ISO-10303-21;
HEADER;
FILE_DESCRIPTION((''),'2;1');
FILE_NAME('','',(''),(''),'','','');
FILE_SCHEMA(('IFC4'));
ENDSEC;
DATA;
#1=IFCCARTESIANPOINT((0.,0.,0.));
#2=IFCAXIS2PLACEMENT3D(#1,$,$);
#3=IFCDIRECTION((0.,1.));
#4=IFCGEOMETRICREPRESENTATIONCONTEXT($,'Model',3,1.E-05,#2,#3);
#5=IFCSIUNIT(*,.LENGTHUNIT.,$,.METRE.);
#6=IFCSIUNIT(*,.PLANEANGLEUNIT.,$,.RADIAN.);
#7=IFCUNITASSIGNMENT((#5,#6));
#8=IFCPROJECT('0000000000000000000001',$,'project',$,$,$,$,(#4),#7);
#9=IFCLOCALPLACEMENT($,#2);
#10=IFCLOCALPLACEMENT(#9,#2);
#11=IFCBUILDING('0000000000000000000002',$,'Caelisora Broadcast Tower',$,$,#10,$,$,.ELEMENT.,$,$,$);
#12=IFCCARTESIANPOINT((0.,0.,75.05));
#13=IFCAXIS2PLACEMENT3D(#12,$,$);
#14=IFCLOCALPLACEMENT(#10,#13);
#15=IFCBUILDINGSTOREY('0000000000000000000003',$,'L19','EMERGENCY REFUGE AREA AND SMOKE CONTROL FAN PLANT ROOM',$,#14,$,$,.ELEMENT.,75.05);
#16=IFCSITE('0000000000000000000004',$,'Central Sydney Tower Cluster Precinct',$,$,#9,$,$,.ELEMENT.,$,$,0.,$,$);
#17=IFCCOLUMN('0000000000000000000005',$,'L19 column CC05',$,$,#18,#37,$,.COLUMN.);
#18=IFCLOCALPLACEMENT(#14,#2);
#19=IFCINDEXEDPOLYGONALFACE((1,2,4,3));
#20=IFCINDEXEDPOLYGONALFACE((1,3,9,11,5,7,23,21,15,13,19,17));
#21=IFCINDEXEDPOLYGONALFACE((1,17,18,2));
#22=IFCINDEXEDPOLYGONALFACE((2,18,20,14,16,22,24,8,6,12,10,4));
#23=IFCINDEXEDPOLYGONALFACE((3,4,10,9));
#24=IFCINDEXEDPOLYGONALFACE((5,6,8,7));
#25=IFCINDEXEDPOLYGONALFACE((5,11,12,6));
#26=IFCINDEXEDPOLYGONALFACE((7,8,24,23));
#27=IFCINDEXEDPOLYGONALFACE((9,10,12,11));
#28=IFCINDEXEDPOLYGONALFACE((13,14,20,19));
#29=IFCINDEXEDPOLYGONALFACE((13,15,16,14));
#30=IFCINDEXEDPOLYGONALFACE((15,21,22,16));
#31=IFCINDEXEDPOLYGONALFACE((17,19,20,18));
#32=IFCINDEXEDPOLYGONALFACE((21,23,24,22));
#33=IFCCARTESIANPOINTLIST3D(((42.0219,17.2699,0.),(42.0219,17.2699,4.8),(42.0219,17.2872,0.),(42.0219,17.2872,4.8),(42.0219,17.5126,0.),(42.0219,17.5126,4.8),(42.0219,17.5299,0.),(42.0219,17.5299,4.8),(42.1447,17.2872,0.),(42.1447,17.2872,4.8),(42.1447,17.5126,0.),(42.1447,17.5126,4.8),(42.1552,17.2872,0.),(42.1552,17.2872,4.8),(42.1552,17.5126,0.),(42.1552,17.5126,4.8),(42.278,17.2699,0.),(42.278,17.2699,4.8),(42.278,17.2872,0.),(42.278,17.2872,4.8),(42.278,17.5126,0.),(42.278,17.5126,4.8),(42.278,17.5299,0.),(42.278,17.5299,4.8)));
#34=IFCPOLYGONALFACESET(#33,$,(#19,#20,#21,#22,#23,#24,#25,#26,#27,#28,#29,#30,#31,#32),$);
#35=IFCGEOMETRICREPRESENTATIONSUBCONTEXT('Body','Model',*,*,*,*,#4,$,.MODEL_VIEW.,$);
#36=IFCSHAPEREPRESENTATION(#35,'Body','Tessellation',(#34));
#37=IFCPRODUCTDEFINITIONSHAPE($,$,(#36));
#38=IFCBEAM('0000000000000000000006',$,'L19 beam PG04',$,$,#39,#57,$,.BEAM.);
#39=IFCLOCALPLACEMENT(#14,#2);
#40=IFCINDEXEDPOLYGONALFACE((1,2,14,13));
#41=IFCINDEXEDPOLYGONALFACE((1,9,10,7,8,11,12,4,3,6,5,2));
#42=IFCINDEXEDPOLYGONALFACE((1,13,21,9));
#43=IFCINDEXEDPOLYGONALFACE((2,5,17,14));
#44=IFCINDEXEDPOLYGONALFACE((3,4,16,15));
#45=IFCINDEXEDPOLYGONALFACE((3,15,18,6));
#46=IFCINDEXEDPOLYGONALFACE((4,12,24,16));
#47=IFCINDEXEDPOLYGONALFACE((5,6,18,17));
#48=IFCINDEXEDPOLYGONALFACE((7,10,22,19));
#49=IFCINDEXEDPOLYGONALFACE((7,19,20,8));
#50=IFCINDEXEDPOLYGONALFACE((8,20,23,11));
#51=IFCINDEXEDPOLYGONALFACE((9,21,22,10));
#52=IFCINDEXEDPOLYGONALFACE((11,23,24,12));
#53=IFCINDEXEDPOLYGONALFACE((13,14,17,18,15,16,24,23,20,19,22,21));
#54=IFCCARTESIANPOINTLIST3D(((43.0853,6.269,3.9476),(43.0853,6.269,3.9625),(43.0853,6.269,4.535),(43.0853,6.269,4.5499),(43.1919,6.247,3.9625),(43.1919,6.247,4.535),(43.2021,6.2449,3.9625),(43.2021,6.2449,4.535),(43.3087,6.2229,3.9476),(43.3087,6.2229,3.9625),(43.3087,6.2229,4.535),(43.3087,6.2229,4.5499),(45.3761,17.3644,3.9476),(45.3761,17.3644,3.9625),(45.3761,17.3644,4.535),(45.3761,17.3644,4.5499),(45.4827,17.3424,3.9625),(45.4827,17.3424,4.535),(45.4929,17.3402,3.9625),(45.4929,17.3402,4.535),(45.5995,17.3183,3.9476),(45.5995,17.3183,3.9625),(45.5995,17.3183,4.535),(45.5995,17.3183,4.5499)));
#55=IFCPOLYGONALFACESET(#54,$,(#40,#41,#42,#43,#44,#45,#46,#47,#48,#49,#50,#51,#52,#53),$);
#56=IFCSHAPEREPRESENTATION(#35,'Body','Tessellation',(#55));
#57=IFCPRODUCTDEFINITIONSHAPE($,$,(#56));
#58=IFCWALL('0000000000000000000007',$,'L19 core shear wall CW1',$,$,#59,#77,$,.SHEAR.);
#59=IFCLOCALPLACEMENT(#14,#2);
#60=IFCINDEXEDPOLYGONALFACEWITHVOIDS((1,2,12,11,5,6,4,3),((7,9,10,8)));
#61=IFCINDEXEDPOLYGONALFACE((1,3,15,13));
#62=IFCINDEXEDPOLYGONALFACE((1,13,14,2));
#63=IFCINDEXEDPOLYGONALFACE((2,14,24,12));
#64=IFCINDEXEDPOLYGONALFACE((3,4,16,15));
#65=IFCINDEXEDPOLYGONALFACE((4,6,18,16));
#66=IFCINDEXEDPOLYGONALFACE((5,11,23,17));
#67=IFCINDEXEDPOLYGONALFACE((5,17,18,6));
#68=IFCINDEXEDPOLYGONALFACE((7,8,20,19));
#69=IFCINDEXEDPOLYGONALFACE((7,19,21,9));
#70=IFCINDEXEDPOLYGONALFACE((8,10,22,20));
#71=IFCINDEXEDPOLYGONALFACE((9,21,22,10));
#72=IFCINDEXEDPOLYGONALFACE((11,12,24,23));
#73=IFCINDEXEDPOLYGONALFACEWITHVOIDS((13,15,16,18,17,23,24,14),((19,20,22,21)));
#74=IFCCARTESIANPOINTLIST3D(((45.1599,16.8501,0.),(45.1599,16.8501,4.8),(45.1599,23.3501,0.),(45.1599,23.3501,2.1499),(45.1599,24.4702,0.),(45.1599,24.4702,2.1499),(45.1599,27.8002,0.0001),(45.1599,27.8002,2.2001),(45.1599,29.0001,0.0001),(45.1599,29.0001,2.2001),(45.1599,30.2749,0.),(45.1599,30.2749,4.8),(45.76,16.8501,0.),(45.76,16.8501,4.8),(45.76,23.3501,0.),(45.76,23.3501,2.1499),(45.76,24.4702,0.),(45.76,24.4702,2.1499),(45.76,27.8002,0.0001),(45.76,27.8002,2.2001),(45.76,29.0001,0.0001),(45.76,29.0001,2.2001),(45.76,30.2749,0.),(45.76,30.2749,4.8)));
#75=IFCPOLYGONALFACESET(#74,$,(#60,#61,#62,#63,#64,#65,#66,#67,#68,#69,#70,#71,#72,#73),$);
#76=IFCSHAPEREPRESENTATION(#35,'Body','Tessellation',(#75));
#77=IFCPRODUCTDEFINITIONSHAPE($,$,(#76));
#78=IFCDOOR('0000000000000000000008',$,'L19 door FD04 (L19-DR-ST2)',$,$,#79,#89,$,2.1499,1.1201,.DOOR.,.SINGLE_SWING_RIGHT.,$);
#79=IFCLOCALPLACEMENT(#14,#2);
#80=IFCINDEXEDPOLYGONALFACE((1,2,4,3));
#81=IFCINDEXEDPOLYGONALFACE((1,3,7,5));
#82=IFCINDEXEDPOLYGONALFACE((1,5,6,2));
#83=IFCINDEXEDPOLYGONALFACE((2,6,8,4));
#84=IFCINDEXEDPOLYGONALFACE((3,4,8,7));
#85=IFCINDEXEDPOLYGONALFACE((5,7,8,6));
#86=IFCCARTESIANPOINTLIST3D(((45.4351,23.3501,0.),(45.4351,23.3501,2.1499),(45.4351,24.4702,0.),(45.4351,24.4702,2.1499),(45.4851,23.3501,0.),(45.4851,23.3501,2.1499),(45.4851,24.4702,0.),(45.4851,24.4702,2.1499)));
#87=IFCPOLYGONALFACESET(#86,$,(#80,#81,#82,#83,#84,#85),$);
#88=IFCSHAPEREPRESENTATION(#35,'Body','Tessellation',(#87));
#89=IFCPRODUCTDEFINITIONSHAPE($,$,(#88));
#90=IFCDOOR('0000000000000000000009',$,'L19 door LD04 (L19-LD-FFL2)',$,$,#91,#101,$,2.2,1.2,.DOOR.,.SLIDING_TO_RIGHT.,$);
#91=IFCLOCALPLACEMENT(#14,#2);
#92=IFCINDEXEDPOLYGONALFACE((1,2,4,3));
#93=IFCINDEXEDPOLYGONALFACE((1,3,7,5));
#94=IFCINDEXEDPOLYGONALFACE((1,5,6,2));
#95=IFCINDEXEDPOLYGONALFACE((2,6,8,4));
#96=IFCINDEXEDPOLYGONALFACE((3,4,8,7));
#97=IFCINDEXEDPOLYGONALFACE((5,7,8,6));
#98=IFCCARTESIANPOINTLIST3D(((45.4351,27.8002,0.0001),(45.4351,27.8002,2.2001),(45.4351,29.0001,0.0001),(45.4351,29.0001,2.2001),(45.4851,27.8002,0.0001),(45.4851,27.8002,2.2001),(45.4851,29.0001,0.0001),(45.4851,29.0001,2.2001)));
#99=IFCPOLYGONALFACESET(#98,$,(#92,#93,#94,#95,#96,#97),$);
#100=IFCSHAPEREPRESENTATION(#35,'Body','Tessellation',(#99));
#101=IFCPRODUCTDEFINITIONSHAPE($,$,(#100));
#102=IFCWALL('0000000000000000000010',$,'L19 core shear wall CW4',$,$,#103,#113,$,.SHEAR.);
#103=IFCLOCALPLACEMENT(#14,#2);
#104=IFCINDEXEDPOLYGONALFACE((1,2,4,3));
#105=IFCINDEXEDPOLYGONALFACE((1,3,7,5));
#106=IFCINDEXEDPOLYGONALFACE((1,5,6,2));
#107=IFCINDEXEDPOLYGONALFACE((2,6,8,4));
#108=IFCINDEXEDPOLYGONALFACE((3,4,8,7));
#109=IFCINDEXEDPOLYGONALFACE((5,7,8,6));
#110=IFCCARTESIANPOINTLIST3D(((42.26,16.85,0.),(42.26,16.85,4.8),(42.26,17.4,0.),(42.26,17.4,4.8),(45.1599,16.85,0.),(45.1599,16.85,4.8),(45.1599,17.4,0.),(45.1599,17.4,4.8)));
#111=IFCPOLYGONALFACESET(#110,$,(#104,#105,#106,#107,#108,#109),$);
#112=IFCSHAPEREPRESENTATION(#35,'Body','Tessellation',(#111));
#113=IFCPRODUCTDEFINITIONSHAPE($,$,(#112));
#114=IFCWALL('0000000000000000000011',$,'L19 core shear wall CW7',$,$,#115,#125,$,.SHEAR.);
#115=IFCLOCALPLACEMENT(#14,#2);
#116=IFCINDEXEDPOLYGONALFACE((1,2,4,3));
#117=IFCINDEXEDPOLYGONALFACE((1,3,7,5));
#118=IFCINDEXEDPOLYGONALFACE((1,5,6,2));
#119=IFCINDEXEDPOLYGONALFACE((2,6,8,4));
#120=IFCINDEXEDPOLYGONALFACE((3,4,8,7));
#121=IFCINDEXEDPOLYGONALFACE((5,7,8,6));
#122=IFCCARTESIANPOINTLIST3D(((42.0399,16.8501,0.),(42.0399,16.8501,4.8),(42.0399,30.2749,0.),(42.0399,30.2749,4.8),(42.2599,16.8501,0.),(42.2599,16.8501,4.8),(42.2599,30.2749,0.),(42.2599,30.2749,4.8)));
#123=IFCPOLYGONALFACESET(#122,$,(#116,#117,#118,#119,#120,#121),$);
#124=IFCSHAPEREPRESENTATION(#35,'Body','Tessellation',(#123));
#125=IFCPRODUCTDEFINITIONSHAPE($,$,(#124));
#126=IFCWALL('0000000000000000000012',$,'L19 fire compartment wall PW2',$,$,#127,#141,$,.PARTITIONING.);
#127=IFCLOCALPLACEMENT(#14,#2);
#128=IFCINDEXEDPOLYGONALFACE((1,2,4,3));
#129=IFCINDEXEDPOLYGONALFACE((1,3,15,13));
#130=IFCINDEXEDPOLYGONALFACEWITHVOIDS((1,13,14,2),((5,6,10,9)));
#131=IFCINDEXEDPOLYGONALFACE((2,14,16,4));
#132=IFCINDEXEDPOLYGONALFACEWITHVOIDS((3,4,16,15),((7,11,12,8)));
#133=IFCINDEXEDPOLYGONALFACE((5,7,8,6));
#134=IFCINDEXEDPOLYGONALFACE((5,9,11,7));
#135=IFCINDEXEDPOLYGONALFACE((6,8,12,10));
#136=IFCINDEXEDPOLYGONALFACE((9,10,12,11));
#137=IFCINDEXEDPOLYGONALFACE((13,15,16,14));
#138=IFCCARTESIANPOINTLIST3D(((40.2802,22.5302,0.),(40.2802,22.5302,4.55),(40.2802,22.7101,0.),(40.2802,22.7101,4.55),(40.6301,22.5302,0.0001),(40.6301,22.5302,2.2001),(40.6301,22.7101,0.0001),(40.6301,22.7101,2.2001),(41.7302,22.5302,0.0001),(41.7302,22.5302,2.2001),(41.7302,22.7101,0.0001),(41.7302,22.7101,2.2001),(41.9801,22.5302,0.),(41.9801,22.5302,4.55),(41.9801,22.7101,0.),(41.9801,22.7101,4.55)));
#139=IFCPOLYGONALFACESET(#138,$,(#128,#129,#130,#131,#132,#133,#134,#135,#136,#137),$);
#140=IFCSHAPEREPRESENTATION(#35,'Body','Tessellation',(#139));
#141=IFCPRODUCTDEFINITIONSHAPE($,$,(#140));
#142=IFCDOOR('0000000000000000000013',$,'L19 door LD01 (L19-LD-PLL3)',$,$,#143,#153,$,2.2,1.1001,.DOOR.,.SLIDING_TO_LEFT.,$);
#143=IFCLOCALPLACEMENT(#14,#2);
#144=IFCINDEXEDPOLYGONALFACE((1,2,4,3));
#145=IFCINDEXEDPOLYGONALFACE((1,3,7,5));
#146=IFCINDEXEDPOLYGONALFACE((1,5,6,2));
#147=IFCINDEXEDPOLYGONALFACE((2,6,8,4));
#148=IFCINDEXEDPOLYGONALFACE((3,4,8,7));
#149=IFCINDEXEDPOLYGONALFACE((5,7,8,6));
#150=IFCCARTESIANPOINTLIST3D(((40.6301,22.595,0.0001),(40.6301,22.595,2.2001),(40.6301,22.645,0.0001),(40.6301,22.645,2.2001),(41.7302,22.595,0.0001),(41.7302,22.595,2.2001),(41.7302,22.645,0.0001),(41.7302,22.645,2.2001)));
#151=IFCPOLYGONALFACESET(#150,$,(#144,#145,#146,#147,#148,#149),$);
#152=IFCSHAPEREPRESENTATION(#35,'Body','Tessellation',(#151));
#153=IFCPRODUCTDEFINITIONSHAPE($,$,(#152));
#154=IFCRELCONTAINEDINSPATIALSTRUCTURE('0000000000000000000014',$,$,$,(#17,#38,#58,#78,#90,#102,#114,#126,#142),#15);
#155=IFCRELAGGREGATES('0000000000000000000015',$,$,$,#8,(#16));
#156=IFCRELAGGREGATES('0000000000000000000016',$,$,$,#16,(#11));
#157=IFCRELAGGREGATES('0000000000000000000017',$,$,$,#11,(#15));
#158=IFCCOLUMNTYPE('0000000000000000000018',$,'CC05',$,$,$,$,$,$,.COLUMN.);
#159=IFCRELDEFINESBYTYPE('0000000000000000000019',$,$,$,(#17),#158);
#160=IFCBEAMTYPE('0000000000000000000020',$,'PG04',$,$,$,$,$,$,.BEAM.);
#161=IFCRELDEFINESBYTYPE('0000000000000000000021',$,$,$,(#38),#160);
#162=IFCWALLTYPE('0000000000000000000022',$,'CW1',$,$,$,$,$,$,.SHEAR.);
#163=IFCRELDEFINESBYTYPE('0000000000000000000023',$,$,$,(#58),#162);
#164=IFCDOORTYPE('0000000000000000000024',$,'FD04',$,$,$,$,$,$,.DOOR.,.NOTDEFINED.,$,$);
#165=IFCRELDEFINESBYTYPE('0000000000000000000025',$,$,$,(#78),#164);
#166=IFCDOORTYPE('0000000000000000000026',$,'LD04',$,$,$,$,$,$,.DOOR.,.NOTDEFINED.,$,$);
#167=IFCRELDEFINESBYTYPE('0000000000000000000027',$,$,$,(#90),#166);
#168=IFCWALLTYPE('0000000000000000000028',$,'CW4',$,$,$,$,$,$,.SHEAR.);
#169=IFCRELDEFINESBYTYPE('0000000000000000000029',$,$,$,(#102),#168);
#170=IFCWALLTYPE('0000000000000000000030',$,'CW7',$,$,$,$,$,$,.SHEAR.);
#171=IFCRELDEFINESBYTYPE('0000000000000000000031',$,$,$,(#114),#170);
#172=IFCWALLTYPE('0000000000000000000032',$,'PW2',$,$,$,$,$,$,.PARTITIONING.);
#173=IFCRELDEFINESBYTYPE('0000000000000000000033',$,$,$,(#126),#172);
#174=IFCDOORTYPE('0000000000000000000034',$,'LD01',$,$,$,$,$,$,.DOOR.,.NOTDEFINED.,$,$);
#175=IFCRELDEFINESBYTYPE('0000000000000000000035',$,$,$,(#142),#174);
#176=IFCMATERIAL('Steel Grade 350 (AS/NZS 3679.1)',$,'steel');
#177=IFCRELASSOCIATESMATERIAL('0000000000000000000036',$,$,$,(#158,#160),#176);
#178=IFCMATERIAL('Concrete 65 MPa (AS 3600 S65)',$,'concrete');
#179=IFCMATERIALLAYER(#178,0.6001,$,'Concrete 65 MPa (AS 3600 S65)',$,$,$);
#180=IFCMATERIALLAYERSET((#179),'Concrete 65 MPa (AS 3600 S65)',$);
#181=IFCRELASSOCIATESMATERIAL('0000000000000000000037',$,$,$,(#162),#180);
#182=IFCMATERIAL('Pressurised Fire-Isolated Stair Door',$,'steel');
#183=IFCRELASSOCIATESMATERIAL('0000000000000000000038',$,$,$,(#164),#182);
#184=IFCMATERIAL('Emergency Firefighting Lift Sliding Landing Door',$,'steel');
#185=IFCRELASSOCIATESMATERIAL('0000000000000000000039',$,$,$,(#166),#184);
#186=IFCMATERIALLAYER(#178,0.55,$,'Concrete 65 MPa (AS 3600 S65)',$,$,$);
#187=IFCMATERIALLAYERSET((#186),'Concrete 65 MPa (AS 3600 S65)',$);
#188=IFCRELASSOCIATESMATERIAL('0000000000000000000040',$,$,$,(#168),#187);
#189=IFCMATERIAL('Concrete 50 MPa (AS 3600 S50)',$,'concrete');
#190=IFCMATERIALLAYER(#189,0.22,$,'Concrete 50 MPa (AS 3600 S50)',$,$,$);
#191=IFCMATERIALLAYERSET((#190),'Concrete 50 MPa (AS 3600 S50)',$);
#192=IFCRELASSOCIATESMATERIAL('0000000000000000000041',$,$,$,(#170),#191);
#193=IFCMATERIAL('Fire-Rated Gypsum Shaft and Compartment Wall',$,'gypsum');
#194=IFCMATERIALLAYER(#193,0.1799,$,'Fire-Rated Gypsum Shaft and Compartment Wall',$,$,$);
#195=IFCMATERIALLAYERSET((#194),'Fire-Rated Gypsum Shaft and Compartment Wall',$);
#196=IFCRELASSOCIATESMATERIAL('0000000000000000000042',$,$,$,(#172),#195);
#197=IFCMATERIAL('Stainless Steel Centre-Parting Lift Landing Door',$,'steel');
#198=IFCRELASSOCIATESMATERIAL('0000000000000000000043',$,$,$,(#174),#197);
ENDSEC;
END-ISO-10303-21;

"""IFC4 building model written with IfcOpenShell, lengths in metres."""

from ifc_helpers import new_model, si_unit, direction, frame, frame_2d, origin, origin_2d, place, context, subcontext, project, spatial, rectangle, i_section, extrude, source, transform, mapped, material, layer, layer_set, material_profile, profile_set, type_object, type_shapes, element, fill, save


model = new_model("IFC4")

# Units and contexts
model_context = context("Model", 3, precision=1e-05, world=origin(), true_north=direction((0.0, 1.0)))
body_context = subcontext(model_context, "Body", "Model", "MODEL_VIEW")
ifc_project = project(units=[si_unit("LENGTHUNIT", "METRE"), si_unit("PLANEANGLEUNIT", "RADIAN")], contexts=[model_context])

# Site, building, storey
site_placement = place(None, origin())
site = spatial("IfcSite", under=ifc_project, at=site_placement, Name="Central Sydney Tower Cluster Precinct", CompositionType="ELEMENT", RefElevation=0.0)
building_placement = place(site_placement, origin())
building = spatial("IfcBuilding", under=site, at=building_placement, Name="Caelisora Broadcast Tower", CompositionType="ELEMENT")
storey_placement = place(building_placement, frame((0.0, 0.0, 75.05)))
storey = spatial("IfcBuildingStorey", under=building, at=storey_placement, Name="L19", Description="EMERGENCY REFUGE AREA AND SMOKE CONTROL FAN PLANT ROOM", CompositionType="ELEMENT", Elevation=75.05)

# Column
ifc_material_1 = material(Name="Steel Grade 350 (AS/NZS 3679.1)", Category="steel")
ifc_material_profile_1 = material_profile(ifc_material_1, i_section(OverallWidth=0.2561, OverallDepth=0.26, WebThickness=0.0105, FlangeThickness=0.0173, at=origin_2d()), Name="Steel Grade 350 (AS/NZS 3679.1)")
ifc_profile_set_1 = profile_set([ifc_material_profile_1], Name="Steel Grade 350 (AS/NZS 3679.1)")
column_type = type_object("IfcColumnType", Name="CC05", PredefinedType="COLUMN", material=ifc_profile_set_1)
shared_shape_1 = source(origin(), body_context, "Body", "SweptSolid", [
    extrude(i_section(OverallWidth=0.2561, OverallDepth=0.26, WebThickness=0.0105, FlangeThickness=0.0173, at=origin_2d()), origin(), (0.0, 0.0, 1.0), 4.8),
])
type_shapes(column_type, [shared_shape_1])
column_placement = place(storey_placement, frame((42.1499, 17.3999, 0.0), z_axis=(0.0, 0.0, 1.0), x_axis=(1.0, 0.0, 0.0)))
element("IfcColumn", 1, at=column_placement, inside=storey, type_object=column_type, Name="L19 column CC05", PredefinedType="COLUMN", context=body_context, shape_type="MappedRepresentation", body=[
    mapped(shared_shape_1, transform((0.0, 0.0, 0.0), scale=1.0)),
])

# Beam
ifc_material_profile_2 = material_profile(ifc_material_1, i_section(OverallWidth=0.228, OverallDepth=0.6023, WebThickness=0.0105, FlangeThickness=0.0149, at=origin_2d()), Name="Steel Grade 350 (AS/NZS 3679.1)")
ifc_profile_set_2 = profile_set([ifc_material_profile_2], Name="Steel Grade 350 (AS/NZS 3679.1)")
beam_type = type_object("IfcBeamType", Name="PG04", PredefinedType="BEAM", material=ifc_profile_set_2)
shared_shape_2 = source(origin(), body_context, "Body", "SweptSolid", [
    extrude(i_section(OverallWidth=0.228, OverallDepth=0.6023, WebThickness=0.0105, FlangeThickness=0.0149, at=origin_2d()), origin(), (0.0, 0.0, 1.0), 11.3293),
])
type_shapes(beam_type, [shared_shape_2])
beam_placement = place(storey_placement, frame((45.4878, 17.3413, 4.2488), z_axis=(-0.2022, -0.979344, 0.0), x_axis=(0.979344, -0.2022, 0.0)))
element("IfcBeam", 2, at=beam_placement, inside=storey, type_object=beam_type, Name="L19 beam PG04", PredefinedType="BEAM", context=body_context, shape_type="MappedRepresentation", body=[
    mapped(shared_shape_2, transform((0.0, 0.0, 0.0), scale=1.0)),
])

# Wall, openings, doors
ifc_material_2 = material(Name="Concrete 65 MPa (AS 3600 S65)", Category="concrete")
ifc_layer_1 = layer(ifc_material_2, 0.6001, Name="Concrete 65 MPa (AS 3600 S65)")
ifc_layer_set_1 = layer_set([ifc_layer_1], Name="Concrete 65 MPa (AS 3600 S65)")
wall_type_1 = type_object("IfcWallType", Name="CW1", PredefinedType="SHEAR", material=ifc_layer_set_1)
wall_1_placement = place(storey_placement, frame((45.46, 16.8501, 0.0), z_axis=(0.0, 0.0, 1.0), x_axis=(0.0, 1.0, 0.0)))
wall_1 = element("IfcWall", 3, at=wall_1_placement, inside=storey, type_object=wall_type_1, Name="L19 core shear wall CW1", PredefinedType="SHEAR", context=body_context, shape_type="SweptSolid", body=[
    extrude(rectangle(XDim=13.4248, YDim=0.6001, at=frame_2d((6.7124, 0.0))), origin(), (0.0, 0.0, 1.0), 4.8),
])
opening_1_placement = place(wall_1_placement, frame((6.5, 0.0, 0.0)))
opening_1 = element("IfcOpeningElement", 4, at=opening_1_placement, cuts=wall_1, PredefinedType="OPENING", context=body_context, shape_type="SweptSolid", body=[
    extrude(rectangle(XDim=1.1201, YDim=2.1499, at=frame_2d((0.5601, 1.075))), frame((0.0, 0.312, 0.0), z_axis=(0.0, -1.0, 0.0), x_axis=(1.0, 0.0, 0.0)), (0.0, 0.0, 1.0), 0.624),
])
opening_2_placement = place(wall_1_placement, frame((10.95, 0.0, 0.0)))
opening_2 = element("IfcOpeningElement", 5, at=opening_2_placement, cuts=wall_1, PredefinedType="OPENING", context=body_context, shape_type="SweptSolid", body=[
    extrude(rectangle(XDim=1.2, YDim=2.2, at=frame_2d((0.6001, 1.1001))), frame((0.0, 0.312, 0.0), z_axis=(0.0, -1.0, 0.0), x_axis=(1.0, 0.0, 0.0)), (0.0, 0.0, 1.0), 0.624),
])
ifc_material_3 = material(Name="Pressurised Fire-Isolated Stair Door", Category="steel")
door_type_1 = type_object("IfcDoorType", Name="FD04", OperationType="NOTDEFINED", PredefinedType="DOOR", material=ifc_material_3)
door_1_placement = place(opening_1_placement, origin())
door_1 = element("IfcDoor", 6, at=door_1_placement, inside=storey, type_object=door_type_1, Name="L19 door FD04 (L19-DR-ST2)", OperationType="SINGLE_SWING_RIGHT", OverallHeight=2.1499, OverallWidth=1.1201, PredefinedType="DOOR", context=body_context, shape_type="SweptSolid", body=[
    extrude(rectangle(XDim=1.1201, YDim=2.1499, at=frame_2d((0.5601, 1.075))), frame((0.0, 0.0249, 0.0), z_axis=(0.0, -1.0, 0.0), x_axis=(1.0, 0.0, 0.0)), (0.0, 0.0, 1.0), 0.05),
])
fill(opening_1, door_1)
ifc_material_4 = material(Name="Emergency Firefighting Lift Sliding Landing Door", Category="steel")
door_type_2 = type_object("IfcDoorType", Name="LD04", OperationType="NOTDEFINED", PredefinedType="DOOR", material=ifc_material_4)
door_2_placement = place(opening_2_placement, origin())
door_2 = element("IfcDoor", 7, at=door_2_placement, inside=storey, type_object=door_type_2, Name="L19 door LD04 (L19-LD-FFL2)", OperationType="SLIDING_TO_RIGHT", OverallHeight=2.2, OverallWidth=1.2, PredefinedType="DOOR", context=body_context, shape_type="SweptSolid", body=[
    extrude(rectangle(XDim=1.2, YDim=2.2, at=frame_2d((0.6001, 1.1001))), frame((0.0, 0.0249, 0.0), z_axis=(0.0, -1.0, 0.0), x_axis=(1.0, 0.0, 0.0)), (0.0, 0.0, 1.0), 0.05),
])
fill(opening_2, door_2)

# Walls
ifc_layer_2 = layer(ifc_material_2, 0.55, Name="Concrete 65 MPa (AS 3600 S65)")
ifc_layer_set_2 = layer_set([ifc_layer_2], Name="Concrete 65 MPa (AS 3600 S65)")
wall_type_2 = type_object("IfcWallType", Name="CW4", PredefinedType="SHEAR", material=ifc_layer_set_2)
wall_2_placement = place(storey_placement, frame((42.26, 17.125, 0.0), z_axis=(0.0, 0.0, 1.0), x_axis=(1.0, 0.0, 0.0)))
element("IfcWall", 8, at=wall_2_placement, inside=storey, type_object=wall_type_2, Name="L19 core shear wall CW4", PredefinedType="SHEAR", context=body_context, shape_type="SweptSolid", body=[
    extrude(rectangle(XDim=2.8999, YDim=0.55, at=frame_2d((1.45, 0.0))), origin(), (0.0, 0.0, 1.0), 4.8),
])
ifc_material_5 = material(Name="Concrete 50 MPa (AS 3600 S50)", Category="concrete")
ifc_layer_3 = layer(ifc_material_5, 0.22, Name="Concrete 50 MPa (AS 3600 S50)")
ifc_layer_set_3 = layer_set([ifc_layer_3], Name="Concrete 50 MPa (AS 3600 S50)")
wall_type_3 = type_object("IfcWallType", Name="CW7", PredefinedType="SHEAR", material=ifc_layer_set_3)
wall_3_placement = place(storey_placement, frame((42.1499, 16.8501, 0.0), z_axis=(0.0, 0.0, 1.0), x_axis=(0.0, 1.0, 0.0)))
element("IfcWall", 9, at=wall_3_placement, inside=storey, type_object=wall_type_3, Name="L19 core shear wall CW7", PredefinedType="SHEAR", context=body_context, shape_type="SweptSolid", body=[
    extrude(rectangle(XDim=13.4248, YDim=0.22, at=frame_2d((6.7124, 0.0))), origin(), (0.0, 0.0, 1.0), 4.8),
])

# Wall, opening, door
ifc_material_6 = material(Name="Fire-Rated Gypsum Shaft and Compartment Wall", Category="gypsum")
ifc_layer_4 = layer(ifc_material_6, 0.1799, Name="Fire-Rated Gypsum Shaft and Compartment Wall")
ifc_layer_set_4 = layer_set([ifc_layer_4], Name="Fire-Rated Gypsum Shaft and Compartment Wall")
wall_type_4 = type_object("IfcWallType", Name="PW2", PredefinedType="PARTITIONING", material=ifc_layer_set_4)
wall_4_placement = place(storey_placement, frame((40.28, 22.6201, 0.0), z_axis=(0.0, 0.0, 1.0), x_axis=(1.0, 0.0, 0.0)))
wall_4 = element("IfcWall", 10, at=wall_4_placement, inside=storey, type_object=wall_type_4, Name="L19 fire compartment wall PW2", PredefinedType="PARTITIONING", context=body_context, shape_type="SweptSolid", body=[
    extrude(rectangle(XDim=1.7, YDim=0.1799, at=frame_2d((0.8501, 0.0))), origin(), (0.0, 0.0, 1.0), 4.55),
])
opening_3_placement = place(wall_4_placement, frame((0.3501, 0.0, 0.0)))
opening_3 = element("IfcOpeningElement", 11, at=opening_3_placement, cuts=wall_4, PredefinedType="OPENING", context=body_context, shape_type="SweptSolid", body=[
    extrude(rectangle(XDim=1.1001, YDim=2.2, at=frame_2d((0.55, 1.1001))), frame((0.0, 0.1021, 0.0), z_axis=(0.0, -1.0, 0.0), x_axis=(1.0, 0.0, 0.0)), (0.0, 0.0, 1.0), 0.2039),
])
ifc_material_7 = material(Name="Stainless Steel Centre-Parting Lift Landing Door", Category="steel")
door_type_3 = type_object("IfcDoorType", Name="LD01", OperationType="NOTDEFINED", PredefinedType="DOOR", material=ifc_material_7)
door_3_placement = place(opening_3_placement, origin())
door_3 = element("IfcDoor", 12, at=door_3_placement, inside=storey, type_object=door_type_3, Name="L19 door LD01 (L19-LD-PLL3)", OperationType="SLIDING_TO_LEFT", OverallHeight=2.2, OverallWidth=1.1001, PredefinedType="DOOR", context=body_context, shape_type="SweptSolid", body=[
    extrude(rectangle(XDim=1.1001, YDim=2.2, at=frame_2d((0.55, 1.1001))), frame((0.0, 0.0249, 0.0), z_axis=(0.0, -1.0, 0.0), x_axis=(1.0, 0.0, 0.0)), (0.0, 0.0, 1.0), 0.05),
])
fill(opening_3, door_3)

save(model, "model.ifc")
